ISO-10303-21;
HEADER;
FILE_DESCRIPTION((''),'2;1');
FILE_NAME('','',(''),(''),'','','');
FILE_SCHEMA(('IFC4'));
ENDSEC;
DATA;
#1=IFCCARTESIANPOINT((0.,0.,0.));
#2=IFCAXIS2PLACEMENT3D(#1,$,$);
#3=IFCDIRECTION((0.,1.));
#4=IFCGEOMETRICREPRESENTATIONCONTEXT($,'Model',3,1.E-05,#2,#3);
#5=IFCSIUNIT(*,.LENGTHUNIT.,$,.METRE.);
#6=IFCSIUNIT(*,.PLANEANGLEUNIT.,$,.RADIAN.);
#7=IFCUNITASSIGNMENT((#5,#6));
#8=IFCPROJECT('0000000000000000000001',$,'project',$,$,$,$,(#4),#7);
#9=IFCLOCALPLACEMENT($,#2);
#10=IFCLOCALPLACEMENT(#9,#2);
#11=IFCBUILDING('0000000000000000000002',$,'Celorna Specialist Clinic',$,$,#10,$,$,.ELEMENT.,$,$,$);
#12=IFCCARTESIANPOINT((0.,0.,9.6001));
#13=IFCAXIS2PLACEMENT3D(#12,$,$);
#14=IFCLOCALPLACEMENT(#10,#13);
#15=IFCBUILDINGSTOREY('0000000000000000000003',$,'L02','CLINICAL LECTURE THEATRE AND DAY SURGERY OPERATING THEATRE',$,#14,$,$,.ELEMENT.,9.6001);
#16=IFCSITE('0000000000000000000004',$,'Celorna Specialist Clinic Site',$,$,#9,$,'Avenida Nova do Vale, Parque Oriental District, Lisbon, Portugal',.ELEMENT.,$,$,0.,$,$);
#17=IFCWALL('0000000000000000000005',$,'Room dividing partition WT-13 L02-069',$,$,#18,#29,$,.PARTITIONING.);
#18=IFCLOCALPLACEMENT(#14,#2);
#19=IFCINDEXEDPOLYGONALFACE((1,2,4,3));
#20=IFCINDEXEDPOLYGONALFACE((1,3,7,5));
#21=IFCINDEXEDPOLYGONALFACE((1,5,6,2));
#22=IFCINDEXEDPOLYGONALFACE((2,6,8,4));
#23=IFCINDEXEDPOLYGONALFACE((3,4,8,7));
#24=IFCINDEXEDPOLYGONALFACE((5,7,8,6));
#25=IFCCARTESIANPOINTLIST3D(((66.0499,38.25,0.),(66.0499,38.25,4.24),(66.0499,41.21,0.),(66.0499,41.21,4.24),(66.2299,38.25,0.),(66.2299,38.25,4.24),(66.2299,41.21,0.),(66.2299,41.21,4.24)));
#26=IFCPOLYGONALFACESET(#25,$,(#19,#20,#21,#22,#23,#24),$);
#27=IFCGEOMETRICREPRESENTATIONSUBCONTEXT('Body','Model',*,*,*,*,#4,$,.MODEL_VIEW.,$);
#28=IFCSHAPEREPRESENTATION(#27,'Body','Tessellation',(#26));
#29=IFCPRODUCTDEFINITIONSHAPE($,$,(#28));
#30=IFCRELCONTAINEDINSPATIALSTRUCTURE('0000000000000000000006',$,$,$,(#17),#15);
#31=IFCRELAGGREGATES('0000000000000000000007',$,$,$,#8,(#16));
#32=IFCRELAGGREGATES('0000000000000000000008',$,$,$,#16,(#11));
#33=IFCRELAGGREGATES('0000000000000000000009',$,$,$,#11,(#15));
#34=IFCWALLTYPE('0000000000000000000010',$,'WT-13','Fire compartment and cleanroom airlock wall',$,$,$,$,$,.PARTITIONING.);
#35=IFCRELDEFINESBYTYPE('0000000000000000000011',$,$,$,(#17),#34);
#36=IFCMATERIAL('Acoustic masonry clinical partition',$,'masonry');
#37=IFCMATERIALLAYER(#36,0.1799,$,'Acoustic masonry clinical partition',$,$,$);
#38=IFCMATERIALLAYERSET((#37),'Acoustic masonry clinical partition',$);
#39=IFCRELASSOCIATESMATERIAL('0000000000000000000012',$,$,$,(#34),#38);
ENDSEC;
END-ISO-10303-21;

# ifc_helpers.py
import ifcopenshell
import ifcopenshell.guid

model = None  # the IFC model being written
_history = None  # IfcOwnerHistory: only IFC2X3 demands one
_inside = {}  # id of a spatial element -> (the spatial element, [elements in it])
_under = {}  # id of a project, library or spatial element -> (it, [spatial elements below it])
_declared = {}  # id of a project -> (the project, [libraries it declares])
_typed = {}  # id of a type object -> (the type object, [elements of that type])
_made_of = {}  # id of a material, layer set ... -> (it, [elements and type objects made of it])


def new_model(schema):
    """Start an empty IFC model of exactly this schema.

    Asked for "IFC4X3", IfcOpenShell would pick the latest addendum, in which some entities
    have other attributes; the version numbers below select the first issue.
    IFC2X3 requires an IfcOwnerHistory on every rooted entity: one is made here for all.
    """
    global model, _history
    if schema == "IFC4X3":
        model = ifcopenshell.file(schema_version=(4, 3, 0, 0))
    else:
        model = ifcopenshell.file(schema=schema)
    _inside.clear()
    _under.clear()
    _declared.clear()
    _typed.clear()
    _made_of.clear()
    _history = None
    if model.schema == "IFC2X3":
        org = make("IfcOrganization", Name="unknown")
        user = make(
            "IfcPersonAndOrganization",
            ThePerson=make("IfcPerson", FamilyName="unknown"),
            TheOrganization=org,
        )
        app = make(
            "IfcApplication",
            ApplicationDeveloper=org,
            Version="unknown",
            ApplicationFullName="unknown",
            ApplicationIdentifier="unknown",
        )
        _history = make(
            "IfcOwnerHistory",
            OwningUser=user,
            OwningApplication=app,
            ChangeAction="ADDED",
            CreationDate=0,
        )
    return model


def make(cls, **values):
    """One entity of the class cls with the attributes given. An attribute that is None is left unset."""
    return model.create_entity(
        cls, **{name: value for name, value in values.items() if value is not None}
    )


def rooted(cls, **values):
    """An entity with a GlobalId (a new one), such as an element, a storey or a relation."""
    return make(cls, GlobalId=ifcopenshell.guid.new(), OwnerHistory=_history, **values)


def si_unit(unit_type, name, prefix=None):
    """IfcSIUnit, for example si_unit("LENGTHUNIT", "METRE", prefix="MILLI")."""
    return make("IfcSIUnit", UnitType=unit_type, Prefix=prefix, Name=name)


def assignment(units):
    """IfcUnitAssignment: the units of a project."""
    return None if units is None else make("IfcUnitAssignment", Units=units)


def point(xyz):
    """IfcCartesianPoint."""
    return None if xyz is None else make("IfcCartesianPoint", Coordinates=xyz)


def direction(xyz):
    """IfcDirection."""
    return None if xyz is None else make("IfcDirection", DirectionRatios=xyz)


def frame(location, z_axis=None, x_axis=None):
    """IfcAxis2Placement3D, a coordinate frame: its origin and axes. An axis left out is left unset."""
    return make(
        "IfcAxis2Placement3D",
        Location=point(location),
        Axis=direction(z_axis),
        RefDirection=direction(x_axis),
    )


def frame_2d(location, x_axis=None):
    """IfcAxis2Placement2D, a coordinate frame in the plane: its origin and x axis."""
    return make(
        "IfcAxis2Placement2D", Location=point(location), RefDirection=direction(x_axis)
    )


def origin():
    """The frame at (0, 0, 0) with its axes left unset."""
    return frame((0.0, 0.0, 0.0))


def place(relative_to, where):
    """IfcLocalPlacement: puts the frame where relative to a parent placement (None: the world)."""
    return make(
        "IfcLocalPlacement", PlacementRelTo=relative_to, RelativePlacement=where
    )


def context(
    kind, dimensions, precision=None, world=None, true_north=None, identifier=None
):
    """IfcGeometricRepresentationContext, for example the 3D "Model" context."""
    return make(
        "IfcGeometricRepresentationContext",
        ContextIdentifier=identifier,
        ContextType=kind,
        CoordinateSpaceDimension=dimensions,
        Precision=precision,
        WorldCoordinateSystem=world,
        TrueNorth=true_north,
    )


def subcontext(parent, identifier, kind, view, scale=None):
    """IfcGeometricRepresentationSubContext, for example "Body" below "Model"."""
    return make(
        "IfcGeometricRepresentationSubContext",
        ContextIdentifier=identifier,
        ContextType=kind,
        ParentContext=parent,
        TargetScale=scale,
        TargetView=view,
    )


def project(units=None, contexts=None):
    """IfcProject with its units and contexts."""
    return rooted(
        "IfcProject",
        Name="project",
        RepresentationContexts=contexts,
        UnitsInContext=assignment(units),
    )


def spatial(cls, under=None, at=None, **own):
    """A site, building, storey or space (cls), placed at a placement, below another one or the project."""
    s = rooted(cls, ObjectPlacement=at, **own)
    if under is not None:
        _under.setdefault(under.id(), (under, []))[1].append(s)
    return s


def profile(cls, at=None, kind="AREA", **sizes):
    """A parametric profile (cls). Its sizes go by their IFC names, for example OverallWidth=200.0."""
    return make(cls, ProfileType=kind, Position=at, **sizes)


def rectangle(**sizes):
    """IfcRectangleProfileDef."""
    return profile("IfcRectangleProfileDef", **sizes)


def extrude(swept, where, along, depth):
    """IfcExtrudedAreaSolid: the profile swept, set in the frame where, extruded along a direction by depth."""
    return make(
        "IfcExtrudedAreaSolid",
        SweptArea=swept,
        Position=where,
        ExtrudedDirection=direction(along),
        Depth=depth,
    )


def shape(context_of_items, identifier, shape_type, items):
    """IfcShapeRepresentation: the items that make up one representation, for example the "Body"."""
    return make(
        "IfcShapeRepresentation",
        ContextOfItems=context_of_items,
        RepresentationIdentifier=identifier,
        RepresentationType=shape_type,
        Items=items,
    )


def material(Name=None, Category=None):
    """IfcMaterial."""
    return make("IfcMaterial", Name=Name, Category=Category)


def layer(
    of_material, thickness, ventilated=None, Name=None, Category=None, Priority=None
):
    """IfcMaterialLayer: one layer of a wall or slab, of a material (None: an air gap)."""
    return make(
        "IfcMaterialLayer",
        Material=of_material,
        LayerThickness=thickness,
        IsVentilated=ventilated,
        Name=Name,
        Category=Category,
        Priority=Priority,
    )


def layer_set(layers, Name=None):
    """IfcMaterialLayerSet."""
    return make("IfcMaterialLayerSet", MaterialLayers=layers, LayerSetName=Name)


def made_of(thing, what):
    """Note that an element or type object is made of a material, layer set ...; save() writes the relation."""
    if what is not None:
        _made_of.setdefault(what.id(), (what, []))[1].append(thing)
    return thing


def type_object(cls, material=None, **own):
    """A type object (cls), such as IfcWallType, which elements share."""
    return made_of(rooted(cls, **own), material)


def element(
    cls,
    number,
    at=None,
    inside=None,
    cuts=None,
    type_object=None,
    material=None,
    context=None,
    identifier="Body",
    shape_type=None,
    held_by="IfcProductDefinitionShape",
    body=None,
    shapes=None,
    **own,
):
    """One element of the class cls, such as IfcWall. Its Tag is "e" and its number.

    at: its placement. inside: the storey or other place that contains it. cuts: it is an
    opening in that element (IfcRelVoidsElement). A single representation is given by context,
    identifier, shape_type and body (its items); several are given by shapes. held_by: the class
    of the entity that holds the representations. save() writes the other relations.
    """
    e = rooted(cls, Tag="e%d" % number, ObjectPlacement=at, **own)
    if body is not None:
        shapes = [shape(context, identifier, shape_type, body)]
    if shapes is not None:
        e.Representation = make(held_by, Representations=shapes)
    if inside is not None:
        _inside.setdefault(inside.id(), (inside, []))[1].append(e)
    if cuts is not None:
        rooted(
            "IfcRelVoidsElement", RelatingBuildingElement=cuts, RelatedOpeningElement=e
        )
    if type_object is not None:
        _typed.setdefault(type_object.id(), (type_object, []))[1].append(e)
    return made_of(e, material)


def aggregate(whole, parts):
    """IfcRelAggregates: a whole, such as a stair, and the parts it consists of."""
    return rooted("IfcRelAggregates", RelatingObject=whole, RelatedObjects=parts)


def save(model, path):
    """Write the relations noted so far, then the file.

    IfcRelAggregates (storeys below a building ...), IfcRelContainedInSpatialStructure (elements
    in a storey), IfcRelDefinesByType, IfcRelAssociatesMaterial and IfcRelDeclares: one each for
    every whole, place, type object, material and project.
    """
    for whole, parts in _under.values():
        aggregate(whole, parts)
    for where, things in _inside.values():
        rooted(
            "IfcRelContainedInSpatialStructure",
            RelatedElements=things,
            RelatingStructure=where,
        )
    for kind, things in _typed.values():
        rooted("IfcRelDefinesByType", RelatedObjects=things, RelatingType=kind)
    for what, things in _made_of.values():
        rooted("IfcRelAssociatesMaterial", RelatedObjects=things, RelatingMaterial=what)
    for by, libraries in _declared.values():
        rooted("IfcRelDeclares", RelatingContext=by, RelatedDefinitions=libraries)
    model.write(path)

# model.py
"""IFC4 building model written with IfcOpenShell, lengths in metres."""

from ifc_helpers import new_model, si_unit, direction, frame, frame_2d, origin, place, context, subcontext, project, spatial, rectangle, extrude, material, layer, layer_set, type_object, element, save


model = new_model("IFC4")

# Units and contexts
model_context = context("Model", 3, precision=1e-05, world=origin(), true_north=direction((0.0, 1.0)))
body_context = subcontext(model_context, "Body", "Model", "MODEL_VIEW")
ifc_project = project(units=[si_unit("LENGTHUNIT", "METRE"), si_unit("PLANEANGLEUNIT", "RADIAN")], contexts=[model_context])

# Site, building, storey
site_placement = place(None, origin())
site = spatial("IfcSite", under=ifc_project, at=site_placement, Name="Celorna Specialist Clinic Site", LongName="Avenida Nova do Vale, Parque Oriental District, Lisbon, Portugal", CompositionType="ELEMENT", RefElevation=0.0)
building_placement = place(site_placement, origin())
building = spatial("IfcBuilding", under=site, at=building_placement, Name="Celorna Specialist Clinic", CompositionType="ELEMENT")
storey_placement = place(building_placement, frame((0.0, 0.0, 9.6001)))
storey = spatial("IfcBuildingStorey", under=building, at=storey_placement, Name="L02", Description="CLINICAL LECTURE THEATRE AND DAY SURGERY OPERATING THEATRE", CompositionType="ELEMENT", Elevation=9.6001)

# Wall
ifc_material_1 = material(Name="Acoustic masonry clinical partition", Category="masonry")
ifc_layer_1 = layer(ifc_material_1, 0.1799, Name="Acoustic masonry clinical partition")
ifc_layer_set_1 = layer_set([ifc_layer_1], Name="Acoustic masonry clinical partition")
wall_type_1 = type_object("IfcWallType", Name="WT-13", Description="Fire compartment and cleanroom airlock wall", PredefinedType="PARTITIONING", material=ifc_layer_set_1)
wall_1_placement = place(storey_placement, frame((66.1399, 38.25, 0.0), z_axis=(0.0, 0.0, 1.0), x_axis=(0.0, 1.0, 0.0)))
element("IfcWall", 1, at=wall_1_placement, inside=storey, type_object=wall_type_1, Name="Room dividing partition WT-13 L02-069", PredefinedType="PARTITIONING", context=body_context, shape_type="SweptSolid", body=[
    extrude(rectangle(XDim=2.96, YDim=0.1799, at=frame_2d((1.48, 0.0))), origin(), (0.0, 0.0, 1.0), 4.24),
])

save(model, "model.ifc")
